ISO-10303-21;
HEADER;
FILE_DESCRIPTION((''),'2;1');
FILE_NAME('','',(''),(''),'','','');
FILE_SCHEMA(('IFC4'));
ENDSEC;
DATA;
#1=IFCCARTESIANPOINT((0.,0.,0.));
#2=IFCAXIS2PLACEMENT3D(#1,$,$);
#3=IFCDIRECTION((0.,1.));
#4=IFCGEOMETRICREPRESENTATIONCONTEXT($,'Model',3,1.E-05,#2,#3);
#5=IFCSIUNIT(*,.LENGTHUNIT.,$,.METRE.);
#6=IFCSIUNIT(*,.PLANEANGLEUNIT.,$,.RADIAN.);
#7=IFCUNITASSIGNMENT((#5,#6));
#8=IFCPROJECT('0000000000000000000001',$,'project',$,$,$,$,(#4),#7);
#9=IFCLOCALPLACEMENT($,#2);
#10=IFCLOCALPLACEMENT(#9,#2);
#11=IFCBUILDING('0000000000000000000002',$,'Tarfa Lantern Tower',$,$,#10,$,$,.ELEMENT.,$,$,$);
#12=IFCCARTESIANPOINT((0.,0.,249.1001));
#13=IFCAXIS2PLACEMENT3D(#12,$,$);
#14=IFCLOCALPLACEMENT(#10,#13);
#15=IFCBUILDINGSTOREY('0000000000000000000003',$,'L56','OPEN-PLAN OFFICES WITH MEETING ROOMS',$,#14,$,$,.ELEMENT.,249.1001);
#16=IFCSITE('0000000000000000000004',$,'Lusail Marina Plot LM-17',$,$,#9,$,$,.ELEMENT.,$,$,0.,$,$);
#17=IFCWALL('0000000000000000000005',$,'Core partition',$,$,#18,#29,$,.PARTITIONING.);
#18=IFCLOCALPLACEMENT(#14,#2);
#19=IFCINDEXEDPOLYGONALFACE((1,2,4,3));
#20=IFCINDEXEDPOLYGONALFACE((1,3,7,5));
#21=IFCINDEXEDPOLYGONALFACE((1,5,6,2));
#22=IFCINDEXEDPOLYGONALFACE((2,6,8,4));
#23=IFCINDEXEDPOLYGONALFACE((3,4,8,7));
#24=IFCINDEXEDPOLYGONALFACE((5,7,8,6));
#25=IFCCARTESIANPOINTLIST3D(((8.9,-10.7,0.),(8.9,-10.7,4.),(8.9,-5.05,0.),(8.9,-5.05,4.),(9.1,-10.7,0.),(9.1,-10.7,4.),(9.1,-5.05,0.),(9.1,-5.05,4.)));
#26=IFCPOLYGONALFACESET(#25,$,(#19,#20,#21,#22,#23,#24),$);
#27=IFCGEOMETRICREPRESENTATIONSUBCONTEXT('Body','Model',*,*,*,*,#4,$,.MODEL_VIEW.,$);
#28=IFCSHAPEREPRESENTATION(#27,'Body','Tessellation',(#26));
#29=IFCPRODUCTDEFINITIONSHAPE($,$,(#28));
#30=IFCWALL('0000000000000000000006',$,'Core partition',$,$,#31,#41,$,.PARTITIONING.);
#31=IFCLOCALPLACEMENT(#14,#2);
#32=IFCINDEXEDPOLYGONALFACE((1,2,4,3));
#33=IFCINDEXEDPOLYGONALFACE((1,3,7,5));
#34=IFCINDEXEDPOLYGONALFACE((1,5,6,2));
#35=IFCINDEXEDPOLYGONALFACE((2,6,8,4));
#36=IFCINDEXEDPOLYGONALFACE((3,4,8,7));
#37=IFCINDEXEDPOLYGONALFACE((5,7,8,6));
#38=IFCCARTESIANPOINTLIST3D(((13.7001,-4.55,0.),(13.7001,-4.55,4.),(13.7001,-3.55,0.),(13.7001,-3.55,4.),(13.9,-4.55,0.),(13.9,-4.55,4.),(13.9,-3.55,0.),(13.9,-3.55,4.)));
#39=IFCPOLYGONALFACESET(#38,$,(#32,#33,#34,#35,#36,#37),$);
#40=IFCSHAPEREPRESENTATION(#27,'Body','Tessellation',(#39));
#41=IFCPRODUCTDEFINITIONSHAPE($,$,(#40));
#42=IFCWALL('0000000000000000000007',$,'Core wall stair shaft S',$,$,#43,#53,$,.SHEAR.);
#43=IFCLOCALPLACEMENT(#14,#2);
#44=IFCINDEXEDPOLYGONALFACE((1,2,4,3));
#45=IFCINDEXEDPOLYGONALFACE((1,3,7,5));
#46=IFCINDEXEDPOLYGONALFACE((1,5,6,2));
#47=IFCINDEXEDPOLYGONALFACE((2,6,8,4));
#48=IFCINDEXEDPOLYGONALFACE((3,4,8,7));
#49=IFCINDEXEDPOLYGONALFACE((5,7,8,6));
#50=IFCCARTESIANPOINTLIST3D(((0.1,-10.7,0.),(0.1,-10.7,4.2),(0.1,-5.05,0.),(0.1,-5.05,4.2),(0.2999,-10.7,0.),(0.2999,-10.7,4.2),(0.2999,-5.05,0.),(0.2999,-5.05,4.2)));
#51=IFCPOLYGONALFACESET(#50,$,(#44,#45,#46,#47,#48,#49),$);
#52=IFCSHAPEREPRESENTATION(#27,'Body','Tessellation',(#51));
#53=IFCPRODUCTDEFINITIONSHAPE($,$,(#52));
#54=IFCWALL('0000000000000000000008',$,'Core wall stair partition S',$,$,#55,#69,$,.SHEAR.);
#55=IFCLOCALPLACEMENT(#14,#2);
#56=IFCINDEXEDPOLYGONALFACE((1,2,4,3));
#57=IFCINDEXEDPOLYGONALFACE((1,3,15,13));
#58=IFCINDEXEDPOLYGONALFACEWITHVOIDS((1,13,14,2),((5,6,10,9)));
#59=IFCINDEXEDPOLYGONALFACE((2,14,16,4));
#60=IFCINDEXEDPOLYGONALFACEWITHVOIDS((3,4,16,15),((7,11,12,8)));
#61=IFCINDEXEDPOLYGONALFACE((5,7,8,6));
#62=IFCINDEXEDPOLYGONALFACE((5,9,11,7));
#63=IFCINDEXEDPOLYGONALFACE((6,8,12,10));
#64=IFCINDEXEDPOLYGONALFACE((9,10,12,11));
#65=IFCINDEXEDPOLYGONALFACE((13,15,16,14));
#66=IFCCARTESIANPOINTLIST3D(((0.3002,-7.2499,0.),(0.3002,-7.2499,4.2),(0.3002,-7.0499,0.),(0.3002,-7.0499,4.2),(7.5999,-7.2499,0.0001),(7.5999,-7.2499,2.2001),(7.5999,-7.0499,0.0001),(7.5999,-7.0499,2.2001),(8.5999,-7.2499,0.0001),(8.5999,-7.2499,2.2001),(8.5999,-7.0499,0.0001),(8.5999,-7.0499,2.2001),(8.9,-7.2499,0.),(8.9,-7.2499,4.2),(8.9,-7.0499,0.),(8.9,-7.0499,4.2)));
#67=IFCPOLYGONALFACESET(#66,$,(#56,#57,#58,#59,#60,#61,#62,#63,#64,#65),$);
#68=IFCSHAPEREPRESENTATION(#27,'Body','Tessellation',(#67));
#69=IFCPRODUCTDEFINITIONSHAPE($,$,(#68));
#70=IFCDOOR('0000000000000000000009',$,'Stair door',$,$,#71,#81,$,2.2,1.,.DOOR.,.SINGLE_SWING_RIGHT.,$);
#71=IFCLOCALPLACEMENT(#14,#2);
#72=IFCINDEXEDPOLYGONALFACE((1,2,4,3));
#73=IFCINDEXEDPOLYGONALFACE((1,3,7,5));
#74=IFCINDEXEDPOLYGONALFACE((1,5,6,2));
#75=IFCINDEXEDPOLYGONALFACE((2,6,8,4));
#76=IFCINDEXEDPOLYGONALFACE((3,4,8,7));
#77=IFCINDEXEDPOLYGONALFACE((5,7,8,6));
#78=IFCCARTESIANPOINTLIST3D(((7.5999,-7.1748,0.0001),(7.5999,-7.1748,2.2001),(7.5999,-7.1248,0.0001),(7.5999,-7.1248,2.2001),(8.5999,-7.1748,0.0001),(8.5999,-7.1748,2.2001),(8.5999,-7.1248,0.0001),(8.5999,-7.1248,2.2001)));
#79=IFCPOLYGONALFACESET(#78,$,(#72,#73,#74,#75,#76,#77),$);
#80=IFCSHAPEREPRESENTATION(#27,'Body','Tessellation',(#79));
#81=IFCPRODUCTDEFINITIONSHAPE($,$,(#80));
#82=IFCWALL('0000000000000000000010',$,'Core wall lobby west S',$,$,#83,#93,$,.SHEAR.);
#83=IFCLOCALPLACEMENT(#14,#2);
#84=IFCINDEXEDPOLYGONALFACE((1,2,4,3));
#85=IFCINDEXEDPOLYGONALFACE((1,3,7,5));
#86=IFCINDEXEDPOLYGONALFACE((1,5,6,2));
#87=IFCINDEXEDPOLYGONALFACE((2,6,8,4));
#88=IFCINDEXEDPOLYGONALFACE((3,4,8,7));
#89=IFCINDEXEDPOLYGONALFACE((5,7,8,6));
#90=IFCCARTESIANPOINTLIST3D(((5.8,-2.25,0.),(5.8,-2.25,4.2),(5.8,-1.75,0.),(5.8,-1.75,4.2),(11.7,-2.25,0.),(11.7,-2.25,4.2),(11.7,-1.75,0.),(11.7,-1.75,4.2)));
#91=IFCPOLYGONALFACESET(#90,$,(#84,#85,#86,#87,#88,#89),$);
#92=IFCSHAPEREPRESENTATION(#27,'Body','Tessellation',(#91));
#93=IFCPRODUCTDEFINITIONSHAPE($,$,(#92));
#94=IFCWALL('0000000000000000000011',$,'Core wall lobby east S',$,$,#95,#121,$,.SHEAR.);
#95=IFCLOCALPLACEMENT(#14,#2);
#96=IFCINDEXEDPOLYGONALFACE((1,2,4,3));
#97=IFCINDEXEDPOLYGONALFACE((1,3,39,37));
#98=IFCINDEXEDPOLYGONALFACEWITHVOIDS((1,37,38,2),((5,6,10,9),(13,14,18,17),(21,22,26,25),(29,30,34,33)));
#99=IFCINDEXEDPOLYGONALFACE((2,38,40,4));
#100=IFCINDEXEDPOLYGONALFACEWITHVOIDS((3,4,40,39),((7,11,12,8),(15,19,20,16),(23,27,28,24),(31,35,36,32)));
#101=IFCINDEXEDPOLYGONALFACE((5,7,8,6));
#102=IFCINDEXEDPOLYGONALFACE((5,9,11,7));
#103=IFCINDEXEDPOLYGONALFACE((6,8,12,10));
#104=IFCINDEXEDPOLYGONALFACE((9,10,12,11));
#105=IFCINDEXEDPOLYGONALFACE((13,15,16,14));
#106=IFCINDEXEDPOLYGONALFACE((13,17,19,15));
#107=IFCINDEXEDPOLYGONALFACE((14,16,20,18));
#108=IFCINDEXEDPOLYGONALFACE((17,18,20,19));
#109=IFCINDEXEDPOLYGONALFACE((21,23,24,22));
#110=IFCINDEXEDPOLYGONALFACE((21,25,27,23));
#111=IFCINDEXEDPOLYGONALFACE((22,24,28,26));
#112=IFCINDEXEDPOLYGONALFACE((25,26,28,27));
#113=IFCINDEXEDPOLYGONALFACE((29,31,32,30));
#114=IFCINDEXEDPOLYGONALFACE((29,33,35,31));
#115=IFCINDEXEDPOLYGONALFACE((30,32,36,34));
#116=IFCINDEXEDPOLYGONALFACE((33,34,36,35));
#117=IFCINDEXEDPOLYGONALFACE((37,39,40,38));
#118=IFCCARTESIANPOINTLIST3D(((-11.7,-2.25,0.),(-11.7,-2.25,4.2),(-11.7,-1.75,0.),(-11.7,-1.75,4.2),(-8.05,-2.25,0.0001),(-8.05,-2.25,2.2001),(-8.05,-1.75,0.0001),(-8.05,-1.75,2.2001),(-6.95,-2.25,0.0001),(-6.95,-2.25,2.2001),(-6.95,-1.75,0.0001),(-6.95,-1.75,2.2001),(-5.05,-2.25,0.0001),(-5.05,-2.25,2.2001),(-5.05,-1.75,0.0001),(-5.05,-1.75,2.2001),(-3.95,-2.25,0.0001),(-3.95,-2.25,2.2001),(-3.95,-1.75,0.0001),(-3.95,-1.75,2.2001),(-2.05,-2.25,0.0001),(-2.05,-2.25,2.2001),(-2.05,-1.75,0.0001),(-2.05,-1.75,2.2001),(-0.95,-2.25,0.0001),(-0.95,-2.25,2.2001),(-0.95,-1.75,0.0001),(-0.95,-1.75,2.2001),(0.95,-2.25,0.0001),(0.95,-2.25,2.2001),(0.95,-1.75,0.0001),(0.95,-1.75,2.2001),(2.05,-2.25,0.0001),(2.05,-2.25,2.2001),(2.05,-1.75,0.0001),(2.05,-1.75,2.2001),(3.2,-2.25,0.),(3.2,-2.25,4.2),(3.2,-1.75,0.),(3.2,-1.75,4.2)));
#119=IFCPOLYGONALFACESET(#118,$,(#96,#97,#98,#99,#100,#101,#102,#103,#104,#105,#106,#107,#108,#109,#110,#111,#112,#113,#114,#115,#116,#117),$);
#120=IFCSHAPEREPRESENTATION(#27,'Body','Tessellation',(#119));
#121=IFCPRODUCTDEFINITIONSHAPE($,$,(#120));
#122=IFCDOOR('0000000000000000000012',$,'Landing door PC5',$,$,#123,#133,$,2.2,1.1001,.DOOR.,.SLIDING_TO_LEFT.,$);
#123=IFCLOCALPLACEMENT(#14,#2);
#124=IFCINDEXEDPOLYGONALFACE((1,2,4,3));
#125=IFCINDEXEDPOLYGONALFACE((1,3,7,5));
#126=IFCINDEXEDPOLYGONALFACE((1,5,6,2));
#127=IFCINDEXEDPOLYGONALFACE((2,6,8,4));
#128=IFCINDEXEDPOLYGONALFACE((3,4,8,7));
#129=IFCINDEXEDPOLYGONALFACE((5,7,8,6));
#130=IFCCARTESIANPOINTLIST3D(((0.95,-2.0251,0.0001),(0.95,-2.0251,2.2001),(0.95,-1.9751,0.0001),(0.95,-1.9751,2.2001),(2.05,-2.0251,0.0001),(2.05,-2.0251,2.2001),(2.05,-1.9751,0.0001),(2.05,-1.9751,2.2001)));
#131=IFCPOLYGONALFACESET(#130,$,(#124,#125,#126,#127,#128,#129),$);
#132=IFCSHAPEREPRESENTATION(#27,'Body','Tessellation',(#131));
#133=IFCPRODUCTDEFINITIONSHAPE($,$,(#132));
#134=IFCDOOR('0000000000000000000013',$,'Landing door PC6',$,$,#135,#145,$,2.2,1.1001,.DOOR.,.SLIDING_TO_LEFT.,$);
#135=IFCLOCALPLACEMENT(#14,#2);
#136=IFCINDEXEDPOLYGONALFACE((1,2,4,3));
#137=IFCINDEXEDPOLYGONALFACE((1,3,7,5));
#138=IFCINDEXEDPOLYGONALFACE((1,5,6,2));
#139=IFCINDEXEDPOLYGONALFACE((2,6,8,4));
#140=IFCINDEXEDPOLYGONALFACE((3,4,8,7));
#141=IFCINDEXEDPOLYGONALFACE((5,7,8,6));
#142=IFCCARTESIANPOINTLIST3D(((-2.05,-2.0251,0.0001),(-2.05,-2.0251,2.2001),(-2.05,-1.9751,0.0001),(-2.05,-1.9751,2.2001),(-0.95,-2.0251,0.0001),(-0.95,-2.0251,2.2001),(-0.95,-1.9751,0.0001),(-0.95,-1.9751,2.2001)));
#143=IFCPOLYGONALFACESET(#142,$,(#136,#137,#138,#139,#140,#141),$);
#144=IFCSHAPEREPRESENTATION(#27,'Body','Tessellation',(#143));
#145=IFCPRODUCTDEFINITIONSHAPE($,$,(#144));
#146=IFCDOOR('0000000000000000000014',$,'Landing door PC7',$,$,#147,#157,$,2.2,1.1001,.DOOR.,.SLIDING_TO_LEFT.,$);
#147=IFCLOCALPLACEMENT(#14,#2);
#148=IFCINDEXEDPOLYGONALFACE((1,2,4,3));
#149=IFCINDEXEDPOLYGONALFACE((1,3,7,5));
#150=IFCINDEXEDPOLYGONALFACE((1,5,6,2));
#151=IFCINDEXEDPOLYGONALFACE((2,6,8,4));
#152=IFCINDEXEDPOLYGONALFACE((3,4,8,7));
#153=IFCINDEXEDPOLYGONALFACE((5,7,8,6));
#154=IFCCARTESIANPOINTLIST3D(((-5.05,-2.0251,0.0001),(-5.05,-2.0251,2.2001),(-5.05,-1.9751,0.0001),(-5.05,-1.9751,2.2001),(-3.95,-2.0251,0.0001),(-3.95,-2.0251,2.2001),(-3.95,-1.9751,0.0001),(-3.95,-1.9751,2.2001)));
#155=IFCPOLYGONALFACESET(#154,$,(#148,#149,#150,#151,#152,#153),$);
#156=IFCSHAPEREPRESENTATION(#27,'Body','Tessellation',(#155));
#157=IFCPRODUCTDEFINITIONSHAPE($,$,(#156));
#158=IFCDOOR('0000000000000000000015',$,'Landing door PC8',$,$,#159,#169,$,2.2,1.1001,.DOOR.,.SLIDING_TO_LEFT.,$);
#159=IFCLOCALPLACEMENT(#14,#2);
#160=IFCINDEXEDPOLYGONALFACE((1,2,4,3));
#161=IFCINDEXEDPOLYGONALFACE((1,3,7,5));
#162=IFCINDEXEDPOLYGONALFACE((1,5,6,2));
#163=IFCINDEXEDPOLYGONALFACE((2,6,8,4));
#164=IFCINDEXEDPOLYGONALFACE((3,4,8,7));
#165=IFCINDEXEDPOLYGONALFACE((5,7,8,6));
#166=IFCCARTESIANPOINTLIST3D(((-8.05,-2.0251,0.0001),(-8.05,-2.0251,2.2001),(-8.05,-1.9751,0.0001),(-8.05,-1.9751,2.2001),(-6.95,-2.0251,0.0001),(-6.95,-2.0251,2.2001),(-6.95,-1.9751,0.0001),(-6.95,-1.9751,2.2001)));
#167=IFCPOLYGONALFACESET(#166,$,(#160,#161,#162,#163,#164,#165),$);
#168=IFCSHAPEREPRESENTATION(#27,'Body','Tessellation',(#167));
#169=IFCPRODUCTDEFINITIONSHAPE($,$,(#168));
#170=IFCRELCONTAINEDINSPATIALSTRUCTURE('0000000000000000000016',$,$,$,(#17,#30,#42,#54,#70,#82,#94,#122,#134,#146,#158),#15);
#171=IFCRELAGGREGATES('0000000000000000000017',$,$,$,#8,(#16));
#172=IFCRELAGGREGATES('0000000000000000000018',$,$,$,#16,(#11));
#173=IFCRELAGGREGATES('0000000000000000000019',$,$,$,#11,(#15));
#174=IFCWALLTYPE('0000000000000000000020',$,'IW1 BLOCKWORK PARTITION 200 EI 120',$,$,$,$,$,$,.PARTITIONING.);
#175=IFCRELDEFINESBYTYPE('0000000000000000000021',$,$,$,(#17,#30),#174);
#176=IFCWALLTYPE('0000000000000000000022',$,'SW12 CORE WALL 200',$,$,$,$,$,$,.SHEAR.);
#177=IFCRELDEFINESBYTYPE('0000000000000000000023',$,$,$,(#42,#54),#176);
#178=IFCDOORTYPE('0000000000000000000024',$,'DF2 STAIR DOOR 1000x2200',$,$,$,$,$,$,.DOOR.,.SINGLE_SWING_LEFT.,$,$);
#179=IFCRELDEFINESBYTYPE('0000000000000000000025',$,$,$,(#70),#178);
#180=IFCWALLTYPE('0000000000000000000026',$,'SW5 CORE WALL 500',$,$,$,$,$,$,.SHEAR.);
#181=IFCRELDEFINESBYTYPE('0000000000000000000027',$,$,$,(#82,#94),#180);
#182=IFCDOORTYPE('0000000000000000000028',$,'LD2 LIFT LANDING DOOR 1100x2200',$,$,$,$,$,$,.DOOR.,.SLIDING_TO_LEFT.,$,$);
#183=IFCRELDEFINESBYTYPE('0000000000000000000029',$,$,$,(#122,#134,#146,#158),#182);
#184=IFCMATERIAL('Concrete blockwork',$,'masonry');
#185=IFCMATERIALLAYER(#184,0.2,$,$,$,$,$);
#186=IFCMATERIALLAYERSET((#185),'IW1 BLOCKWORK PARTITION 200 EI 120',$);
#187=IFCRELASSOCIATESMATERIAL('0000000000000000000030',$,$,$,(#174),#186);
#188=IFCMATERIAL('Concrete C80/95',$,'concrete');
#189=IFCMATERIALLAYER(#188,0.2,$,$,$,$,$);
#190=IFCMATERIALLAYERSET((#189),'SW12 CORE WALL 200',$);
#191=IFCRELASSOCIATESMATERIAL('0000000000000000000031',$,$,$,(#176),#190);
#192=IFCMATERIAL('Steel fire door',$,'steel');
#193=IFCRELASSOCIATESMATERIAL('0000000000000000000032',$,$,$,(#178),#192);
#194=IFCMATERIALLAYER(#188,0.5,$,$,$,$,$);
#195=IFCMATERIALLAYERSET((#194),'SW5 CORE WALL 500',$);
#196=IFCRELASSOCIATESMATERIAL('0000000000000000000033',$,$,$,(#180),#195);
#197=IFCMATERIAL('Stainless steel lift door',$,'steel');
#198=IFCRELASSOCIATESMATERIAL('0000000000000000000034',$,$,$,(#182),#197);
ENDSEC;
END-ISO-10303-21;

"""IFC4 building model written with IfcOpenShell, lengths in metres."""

from ifc_helpers import new_model, si_unit, direction, frame, frame_2d, origin, place, context, subcontext, project, spatial, rectangle, extrude, material, layer, layer_set, type_object, element, fill, save


model = new_model("IFC4")

# Units and contexts
model_context = context("Model", 3, precision=1e-05, world=origin(), true_north=direction((0.0, 1.0)))
body_context = subcontext(model_context, "Body", "Model", "MODEL_VIEW")
ifc_project = project(units=[si_unit("LENGTHUNIT", "METRE"), si_unit("PLANEANGLEUNIT", "RADIAN")], contexts=[model_context])

# Site, building, storey
site_placement = place(None, origin())
site = spatial("IfcSite", under=ifc_project, at=site_placement, Name="Lusail Marina Plot LM-17", CompositionType="ELEMENT", RefElevation=0.0)
building_placement = place(site_placement, origin())
building = spatial("IfcBuilding", under=site, at=building_placement, Name="Tarfa Lantern Tower", CompositionType="ELEMENT")
storey_placement = place(building_placement, frame((0.0, 0.0, 249.1001)))
storey = spatial("IfcBuildingStorey", under=building, at=storey_placement, Name="L56", Description="OPEN-PLAN OFFICES WITH MEETING ROOMS", CompositionType="ELEMENT", Elevation=249.1001)

# Walls
ifc_material_1 = material(Name="Concrete blockwork", Category="masonry")
ifc_layer_1 = layer(ifc_material_1, 0.2)
ifc_layer_set_1 = layer_set([ifc_layer_1], Name="IW1 BLOCKWORK PARTITION 200 EI 120")
wall_type_1 = type_object("IfcWallType", Name="IW1 BLOCKWORK PARTITION 200 EI 120", PredefinedType="PARTITIONING", material=ifc_layer_set_1)
wall_1_placement = place(storey_placement, frame((9.0, -5.05, 0.0), z_axis=(0.0, 0.0, 1.0), x_axis=(0.0, -1.0, 0.0)))
element("IfcWall", 1, at=wall_1_placement, inside=storey, type_object=wall_type_1, Name="Core partition", PredefinedType="PARTITIONING", context=body_context, shape_type="SweptSolid", body=[
    extrude(rectangle(XDim=5.6499, YDim=0.2, at=frame_2d((2.825, 0.0))), origin(), (0.0, 0.0, 1.0), 4.0),
])
wall_2_placement = place(storey_placement, frame((13.8, -3.55, 0.0), z_axis=(0.0, 0.0, 1.0), x_axis=(0.0, -1.0, 0.0)))
element("IfcWall", 2, at=wall_2_placement, inside=storey, type_object=wall_type_1, Name="Core partition", PredefinedType="PARTITIONING", context=body_context, shape_type="SweptSolid", body=[
    extrude(rectangle(XDim=1.0, YDim=0.2, at=frame_2d((0.5, 0.0))), origin(), (0.0, 0.0, 1.0), 4.0),
])
ifc_material_2 = material(Name="Concrete C80/95", Category="concrete")
ifc_layer_2 = layer(ifc_material_2, 0.2)
ifc_layer_set_2 = layer_set([ifc_layer_2], Name="SW12 CORE WALL 200")
wall_type_2 = type_object("IfcWallType", Name="SW12 CORE WALL 200", PredefinedType="SHEAR", material=ifc_layer_set_2)
wall_3_placement = place(storey_placement, frame((0.2, -5.05, 0.0), z_axis=(0.0, 0.0, 1.0), x_axis=(0.0, -1.0, 0.0)))
element("IfcWall", 3, at=wall_3_placement, inside=storey, type_object=wall_type_2, Name="Core wall stair shaft S", PredefinedType="SHEAR", context=body_context, shape_type="SweptSolid", body=[
    extrude(rectangle(XDim=5.6499, YDim=0.2, at=frame_2d((2.825, 0.0))), origin(), (0.0, 0.0, 1.0), 4.2),
])

# Wall, opening, door
wall_4_placement = place(storey_placement, frame((8.8999, -7.1499, 0.0), z_axis=(0.0, 0.0, 1.0), x_axis=(-1.0, 0.0, 0.0)))
wall_4 = element("IfcWall", 4, at=wall_4_placement, inside=storey, type_object=wall_type_2, Name="Core wall stair partition S", PredefinedType="SHEAR", context=body_context, shape_type="SweptSolid", body=[
    extrude(rectangle(XDim=8.5999, YDim=0.2, at=frame_2d((4.2998, 0.0))), origin(), (0.0, 0.0, 1.0), 4.2),
])
opening_1_placement = place(wall_4_placement, frame((0.3, 0.0, 0.0)))
opening_1 = element("IfcOpeningElement", 5, at=opening_1_placement, cuts=wall_4, PredefinedType="OPENING", context=body_context, shape_type="SweptSolid", body=[
    extrude(rectangle(XDim=1.0, YDim=2.2, at=frame_2d((0.5, 1.1001))), frame((0.0, 0.1099, 0.0), z_axis=(0.0, -1.0, 0.0), x_axis=(1.0, 0.0, 0.0)), (0.0, 0.0, 1.0), 0.22),
])
ifc_material_3 = material(Name="Steel fire door", Category="steel")
door_type_1 = type_object("IfcDoorType", Name="DF2 STAIR DOOR 1000x2200", OperationType="SINGLE_SWING_LEFT", PredefinedType="DOOR", material=ifc_material_3)
door_1_placement = place(opening_1_placement, origin())
door_1 = element("IfcDoor", 6, at=door_1_placement, inside=storey, type_object=door_type_1, Name="Stair door", OperationType="SINGLE_SWING_RIGHT", OverallHeight=2.2, OverallWidth=1.0, PredefinedType="DOOR", context=body_context, shape_type="SweptSolid", body=[
    extrude(rectangle(XDim=1.0, YDim=2.2, at=frame_2d((0.5, 1.1001))), frame((0.0, 0.0249, 0.0), z_axis=(0.0, -1.0, 0.0), x_axis=(1.0, 0.0, 0.0)), (0.0, 0.0, 1.0), 0.05),
])
fill(opening_1, door_1)

# Wall
ifc_layer_3 = layer(ifc_material_2, 0.5)
ifc_layer_set_3 = layer_set([ifc_layer_3], Name="SW5 CORE WALL 500")
wall_type_3 = type_object("IfcWallType", Name="SW5 CORE WALL 500", PredefinedType="SHEAR", material=ifc_layer_set_3)
wall_5_placement = place(storey_placement, frame((11.7, -2.0, 0.0), z_axis=(0.0, 0.0, 1.0), x_axis=(-1.0, 0.0, 0.0)))
element("IfcWall", 7, at=wall_5_placement, inside=storey, type_object=wall_type_3, Name="Core wall lobby west S", PredefinedType="SHEAR", context=body_context, shape_type="SweptSolid", body=[
    extrude(rectangle(XDim=5.8999, YDim=0.5, at=frame_2d((2.95, 0.0))), origin(), (0.0, 0.0, 1.0), 4.2),
])

# Wall, openings, doors
wall_6_placement = place(storey_placement, frame((3.2, -2.0, 0.0), z_axis=(0.0, 0.0, 1.0), x_axis=(-1.0, 0.0, 0.0)))
wall_6 = element("IfcWall", 8, at=wall_6_placement, inside=storey, type_object=wall_type_3, Name="Core wall lobby east S", PredefinedType="SHEAR", context=body_context, shape_type="SweptSolid", body=[
    extrude(rectangle(XDim=14.8999, YDim=0.5, at=frame_2d((7.45, 0.0))), origin(), (0.0, 0.0, 1.0), 4.2),
])
opening_2_placement = place(wall_6_placement, frame((1.1499, 0.0, 0.0)))
opening_2 = element("IfcOpeningElement", 9, at=opening_2_placement, cuts=wall_6, PredefinedType="OPENING", context=body_context, shape_type="SweptSolid", body=[
    extrude(rectangle(XDim=1.1001, YDim=2.2, at=frame_2d((0.55, 1.1001))), frame((0.0, 0.26, 0.0), z_axis=(0.0, -1.0, 0.0), x_axis=(1.0, 0.0, 0.0)), (0.0, 0.0, 1.0), 0.52),
])
opening_3_placement = place(wall_6_placement, frame((4.1499, 0.0, 0.0)))
opening_3 = element("IfcOpeningElement", 10, at=opening_3_placement, cuts=wall_6, PredefinedType="OPENING", context=body_context, shape_type="SweptSolid", body=[
    extrude(rectangle(XDim=1.1001, YDim=2.2, at=frame_2d((0.55, 1.1001))), frame((0.0, 0.26, 0.0), z_axis=(0.0, -1.0, 0.0), x_axis=(1.0, 0.0, 0.0)), (0.0, 0.0, 1.0), 0.52),
])
opening_4_placement = place(wall_6_placement, frame((7.1499, 0.0, 0.0)))
opening_4 = element("IfcOpeningElement", 11, at=opening_4_placement, cuts=wall_6, PredefinedType="OPENING", context=body_context, shape_type="SweptSolid", body=[
    extrude(rectangle(XDim=1.1001, YDim=2.2, at=frame_2d((0.55, 1.1001))), frame((0.0, 0.26, 0.0), z_axis=(0.0, -1.0, 0.0), x_axis=(1.0, 0.0, 0.0)), (0.0, 0.0, 1.0), 0.52),
])
opening_5_placement = place(wall_6_placement, frame((10.1499, 0.0, 0.0)))
opening_5 = element("IfcOpeningElement", 12, at=opening_5_placement, cuts=wall_6, PredefinedType="OPENING", context=body_context, shape_type="SweptSolid", body=[
    extrude(rectangle(XDim=1.1001, YDim=2.2, at=frame_2d((0.55, 1.1001))), frame((0.0, 0.26, 0.0), z_axis=(0.0, -1.0, 0.0), x_axis=(1.0, 0.0, 0.0)), (0.0, 0.0, 1.0), 0.52),
])
ifc_material_4 = material(Name="Stainless steel lift door", Category="steel")
door_type_2 = type_object("IfcDoorType", Name="LD2 LIFT LANDING DOOR 1100x2200", OperationType="SLIDING_TO_LEFT", PredefinedType="DOOR", material=ifc_material_4)
door_2_placement = place(opening_2_placement, frame((1.1001, 0.0, 0.0), z_axis=(0.0, 0.0, 1.0), x_axis=(-1.0, 0.0, 0.0)))
door_2 = element("IfcDoor", 13, at=door_2_placement, inside=storey, type_object=door_type_2, Name="Landing door PC5", OperationType="SLIDING_TO_LEFT", OverallHeight=2.2, OverallWidth=1.1001, PredefinedType="DOOR", context=body_context, shape_type="SweptSolid", body=[
    extrude(rectangle(XDim=1.1001, YDim=2.2, at=frame_2d((0.55, 1.1001))), frame((0.0, 0.0249, 0.0), z_axis=(0.0, -1.0, 0.0), x_axis=(1.0, 0.0, 0.0)), (0.0, 0.0, 1.0), 0.05),
])
fill(opening_2, door_2)
door_3_placement = place(opening_3_placement, frame((1.1001, 0.0, 0.0), z_axis=(0.0, 0.0, 1.0), x_axis=(-1.0, 0.0, 0.0)))
door_3 = element("IfcDoor", 14, at=door_3_placement, inside=storey, type_object=door_type_2, Name="Landing door PC6", OperationType="SLIDING_TO_LEFT", OverallHeight=2.2, OverallWidth=1.1001, PredefinedType="DOOR", context=body_context, shape_type="SweptSolid", body=[
    extrude(rectangle(XDim=1.1001, YDim=2.2, at=frame_2d((0.55, 1.1001))), frame((0.0, 0.0249, 0.0), z_axis=(0.0, -1.0, 0.0), x_axis=(1.0, 0.0, 0.0)), (0.0, 0.0, 1.0), 0.05),
])
fill(opening_3, door_3)
door_4_placement = place(opening_4_placement, frame((1.1001, 0.0, 0.0), z_axis=(0.0, 0.0, 1.0), x_axis=(-1.0, 0.0, 0.0)))
door_4 = element("IfcDoor", 15, at=door_4_placement, inside=storey, type_object=door_type_2, Name="Landing door PC7", OperationType="SLIDING_TO_LEFT", OverallHeight=2.2, OverallWidth=1.1001, PredefinedType="DOOR", context=body_context, shape_type="SweptSolid", body=[
    extrude(rectangle(XDim=1.1001, YDim=2.2, at=frame_2d((0.55, 1.1001))), frame((0.0, 0.0249, 0.0), z_axis=(0.0, -1.0, 0.0), x_axis=(1.0, 0.0, 0.0)), (0.0, 0.0, 1.0), 0.05),
])
fill(opening_4, door_4)
door_5_placement = place(opening_5_placement, frame((1.1001, 0.0, 0.0), z_axis=(0.0, 0.0, 1.0), x_axis=(-1.0, 0.0, 0.0)))
door_5 = element("IfcDoor", 16, at=door_5_placement, inside=storey, type_object=door_type_2, Name="Landing door PC8", OperationType="SLIDING_TO_LEFT", OverallHeight=2.2, OverallWidth=1.1001, PredefinedType="DOOR", context=body_context, shape_type="SweptSolid", body=[
    extrude(rectangle(XDim=1.1001, YDim=2.2, at=frame_2d((0.55, 1.1001))), frame((0.0, 0.0249, 0.0), z_axis=(0.0, -1.0, 0.0), x_axis=(1.0, 0.0, 0.0)), (0.0, 0.0, 1.0), 0.05),
])
fill(opening_5, door_5)

save(model, "model.ifc")
